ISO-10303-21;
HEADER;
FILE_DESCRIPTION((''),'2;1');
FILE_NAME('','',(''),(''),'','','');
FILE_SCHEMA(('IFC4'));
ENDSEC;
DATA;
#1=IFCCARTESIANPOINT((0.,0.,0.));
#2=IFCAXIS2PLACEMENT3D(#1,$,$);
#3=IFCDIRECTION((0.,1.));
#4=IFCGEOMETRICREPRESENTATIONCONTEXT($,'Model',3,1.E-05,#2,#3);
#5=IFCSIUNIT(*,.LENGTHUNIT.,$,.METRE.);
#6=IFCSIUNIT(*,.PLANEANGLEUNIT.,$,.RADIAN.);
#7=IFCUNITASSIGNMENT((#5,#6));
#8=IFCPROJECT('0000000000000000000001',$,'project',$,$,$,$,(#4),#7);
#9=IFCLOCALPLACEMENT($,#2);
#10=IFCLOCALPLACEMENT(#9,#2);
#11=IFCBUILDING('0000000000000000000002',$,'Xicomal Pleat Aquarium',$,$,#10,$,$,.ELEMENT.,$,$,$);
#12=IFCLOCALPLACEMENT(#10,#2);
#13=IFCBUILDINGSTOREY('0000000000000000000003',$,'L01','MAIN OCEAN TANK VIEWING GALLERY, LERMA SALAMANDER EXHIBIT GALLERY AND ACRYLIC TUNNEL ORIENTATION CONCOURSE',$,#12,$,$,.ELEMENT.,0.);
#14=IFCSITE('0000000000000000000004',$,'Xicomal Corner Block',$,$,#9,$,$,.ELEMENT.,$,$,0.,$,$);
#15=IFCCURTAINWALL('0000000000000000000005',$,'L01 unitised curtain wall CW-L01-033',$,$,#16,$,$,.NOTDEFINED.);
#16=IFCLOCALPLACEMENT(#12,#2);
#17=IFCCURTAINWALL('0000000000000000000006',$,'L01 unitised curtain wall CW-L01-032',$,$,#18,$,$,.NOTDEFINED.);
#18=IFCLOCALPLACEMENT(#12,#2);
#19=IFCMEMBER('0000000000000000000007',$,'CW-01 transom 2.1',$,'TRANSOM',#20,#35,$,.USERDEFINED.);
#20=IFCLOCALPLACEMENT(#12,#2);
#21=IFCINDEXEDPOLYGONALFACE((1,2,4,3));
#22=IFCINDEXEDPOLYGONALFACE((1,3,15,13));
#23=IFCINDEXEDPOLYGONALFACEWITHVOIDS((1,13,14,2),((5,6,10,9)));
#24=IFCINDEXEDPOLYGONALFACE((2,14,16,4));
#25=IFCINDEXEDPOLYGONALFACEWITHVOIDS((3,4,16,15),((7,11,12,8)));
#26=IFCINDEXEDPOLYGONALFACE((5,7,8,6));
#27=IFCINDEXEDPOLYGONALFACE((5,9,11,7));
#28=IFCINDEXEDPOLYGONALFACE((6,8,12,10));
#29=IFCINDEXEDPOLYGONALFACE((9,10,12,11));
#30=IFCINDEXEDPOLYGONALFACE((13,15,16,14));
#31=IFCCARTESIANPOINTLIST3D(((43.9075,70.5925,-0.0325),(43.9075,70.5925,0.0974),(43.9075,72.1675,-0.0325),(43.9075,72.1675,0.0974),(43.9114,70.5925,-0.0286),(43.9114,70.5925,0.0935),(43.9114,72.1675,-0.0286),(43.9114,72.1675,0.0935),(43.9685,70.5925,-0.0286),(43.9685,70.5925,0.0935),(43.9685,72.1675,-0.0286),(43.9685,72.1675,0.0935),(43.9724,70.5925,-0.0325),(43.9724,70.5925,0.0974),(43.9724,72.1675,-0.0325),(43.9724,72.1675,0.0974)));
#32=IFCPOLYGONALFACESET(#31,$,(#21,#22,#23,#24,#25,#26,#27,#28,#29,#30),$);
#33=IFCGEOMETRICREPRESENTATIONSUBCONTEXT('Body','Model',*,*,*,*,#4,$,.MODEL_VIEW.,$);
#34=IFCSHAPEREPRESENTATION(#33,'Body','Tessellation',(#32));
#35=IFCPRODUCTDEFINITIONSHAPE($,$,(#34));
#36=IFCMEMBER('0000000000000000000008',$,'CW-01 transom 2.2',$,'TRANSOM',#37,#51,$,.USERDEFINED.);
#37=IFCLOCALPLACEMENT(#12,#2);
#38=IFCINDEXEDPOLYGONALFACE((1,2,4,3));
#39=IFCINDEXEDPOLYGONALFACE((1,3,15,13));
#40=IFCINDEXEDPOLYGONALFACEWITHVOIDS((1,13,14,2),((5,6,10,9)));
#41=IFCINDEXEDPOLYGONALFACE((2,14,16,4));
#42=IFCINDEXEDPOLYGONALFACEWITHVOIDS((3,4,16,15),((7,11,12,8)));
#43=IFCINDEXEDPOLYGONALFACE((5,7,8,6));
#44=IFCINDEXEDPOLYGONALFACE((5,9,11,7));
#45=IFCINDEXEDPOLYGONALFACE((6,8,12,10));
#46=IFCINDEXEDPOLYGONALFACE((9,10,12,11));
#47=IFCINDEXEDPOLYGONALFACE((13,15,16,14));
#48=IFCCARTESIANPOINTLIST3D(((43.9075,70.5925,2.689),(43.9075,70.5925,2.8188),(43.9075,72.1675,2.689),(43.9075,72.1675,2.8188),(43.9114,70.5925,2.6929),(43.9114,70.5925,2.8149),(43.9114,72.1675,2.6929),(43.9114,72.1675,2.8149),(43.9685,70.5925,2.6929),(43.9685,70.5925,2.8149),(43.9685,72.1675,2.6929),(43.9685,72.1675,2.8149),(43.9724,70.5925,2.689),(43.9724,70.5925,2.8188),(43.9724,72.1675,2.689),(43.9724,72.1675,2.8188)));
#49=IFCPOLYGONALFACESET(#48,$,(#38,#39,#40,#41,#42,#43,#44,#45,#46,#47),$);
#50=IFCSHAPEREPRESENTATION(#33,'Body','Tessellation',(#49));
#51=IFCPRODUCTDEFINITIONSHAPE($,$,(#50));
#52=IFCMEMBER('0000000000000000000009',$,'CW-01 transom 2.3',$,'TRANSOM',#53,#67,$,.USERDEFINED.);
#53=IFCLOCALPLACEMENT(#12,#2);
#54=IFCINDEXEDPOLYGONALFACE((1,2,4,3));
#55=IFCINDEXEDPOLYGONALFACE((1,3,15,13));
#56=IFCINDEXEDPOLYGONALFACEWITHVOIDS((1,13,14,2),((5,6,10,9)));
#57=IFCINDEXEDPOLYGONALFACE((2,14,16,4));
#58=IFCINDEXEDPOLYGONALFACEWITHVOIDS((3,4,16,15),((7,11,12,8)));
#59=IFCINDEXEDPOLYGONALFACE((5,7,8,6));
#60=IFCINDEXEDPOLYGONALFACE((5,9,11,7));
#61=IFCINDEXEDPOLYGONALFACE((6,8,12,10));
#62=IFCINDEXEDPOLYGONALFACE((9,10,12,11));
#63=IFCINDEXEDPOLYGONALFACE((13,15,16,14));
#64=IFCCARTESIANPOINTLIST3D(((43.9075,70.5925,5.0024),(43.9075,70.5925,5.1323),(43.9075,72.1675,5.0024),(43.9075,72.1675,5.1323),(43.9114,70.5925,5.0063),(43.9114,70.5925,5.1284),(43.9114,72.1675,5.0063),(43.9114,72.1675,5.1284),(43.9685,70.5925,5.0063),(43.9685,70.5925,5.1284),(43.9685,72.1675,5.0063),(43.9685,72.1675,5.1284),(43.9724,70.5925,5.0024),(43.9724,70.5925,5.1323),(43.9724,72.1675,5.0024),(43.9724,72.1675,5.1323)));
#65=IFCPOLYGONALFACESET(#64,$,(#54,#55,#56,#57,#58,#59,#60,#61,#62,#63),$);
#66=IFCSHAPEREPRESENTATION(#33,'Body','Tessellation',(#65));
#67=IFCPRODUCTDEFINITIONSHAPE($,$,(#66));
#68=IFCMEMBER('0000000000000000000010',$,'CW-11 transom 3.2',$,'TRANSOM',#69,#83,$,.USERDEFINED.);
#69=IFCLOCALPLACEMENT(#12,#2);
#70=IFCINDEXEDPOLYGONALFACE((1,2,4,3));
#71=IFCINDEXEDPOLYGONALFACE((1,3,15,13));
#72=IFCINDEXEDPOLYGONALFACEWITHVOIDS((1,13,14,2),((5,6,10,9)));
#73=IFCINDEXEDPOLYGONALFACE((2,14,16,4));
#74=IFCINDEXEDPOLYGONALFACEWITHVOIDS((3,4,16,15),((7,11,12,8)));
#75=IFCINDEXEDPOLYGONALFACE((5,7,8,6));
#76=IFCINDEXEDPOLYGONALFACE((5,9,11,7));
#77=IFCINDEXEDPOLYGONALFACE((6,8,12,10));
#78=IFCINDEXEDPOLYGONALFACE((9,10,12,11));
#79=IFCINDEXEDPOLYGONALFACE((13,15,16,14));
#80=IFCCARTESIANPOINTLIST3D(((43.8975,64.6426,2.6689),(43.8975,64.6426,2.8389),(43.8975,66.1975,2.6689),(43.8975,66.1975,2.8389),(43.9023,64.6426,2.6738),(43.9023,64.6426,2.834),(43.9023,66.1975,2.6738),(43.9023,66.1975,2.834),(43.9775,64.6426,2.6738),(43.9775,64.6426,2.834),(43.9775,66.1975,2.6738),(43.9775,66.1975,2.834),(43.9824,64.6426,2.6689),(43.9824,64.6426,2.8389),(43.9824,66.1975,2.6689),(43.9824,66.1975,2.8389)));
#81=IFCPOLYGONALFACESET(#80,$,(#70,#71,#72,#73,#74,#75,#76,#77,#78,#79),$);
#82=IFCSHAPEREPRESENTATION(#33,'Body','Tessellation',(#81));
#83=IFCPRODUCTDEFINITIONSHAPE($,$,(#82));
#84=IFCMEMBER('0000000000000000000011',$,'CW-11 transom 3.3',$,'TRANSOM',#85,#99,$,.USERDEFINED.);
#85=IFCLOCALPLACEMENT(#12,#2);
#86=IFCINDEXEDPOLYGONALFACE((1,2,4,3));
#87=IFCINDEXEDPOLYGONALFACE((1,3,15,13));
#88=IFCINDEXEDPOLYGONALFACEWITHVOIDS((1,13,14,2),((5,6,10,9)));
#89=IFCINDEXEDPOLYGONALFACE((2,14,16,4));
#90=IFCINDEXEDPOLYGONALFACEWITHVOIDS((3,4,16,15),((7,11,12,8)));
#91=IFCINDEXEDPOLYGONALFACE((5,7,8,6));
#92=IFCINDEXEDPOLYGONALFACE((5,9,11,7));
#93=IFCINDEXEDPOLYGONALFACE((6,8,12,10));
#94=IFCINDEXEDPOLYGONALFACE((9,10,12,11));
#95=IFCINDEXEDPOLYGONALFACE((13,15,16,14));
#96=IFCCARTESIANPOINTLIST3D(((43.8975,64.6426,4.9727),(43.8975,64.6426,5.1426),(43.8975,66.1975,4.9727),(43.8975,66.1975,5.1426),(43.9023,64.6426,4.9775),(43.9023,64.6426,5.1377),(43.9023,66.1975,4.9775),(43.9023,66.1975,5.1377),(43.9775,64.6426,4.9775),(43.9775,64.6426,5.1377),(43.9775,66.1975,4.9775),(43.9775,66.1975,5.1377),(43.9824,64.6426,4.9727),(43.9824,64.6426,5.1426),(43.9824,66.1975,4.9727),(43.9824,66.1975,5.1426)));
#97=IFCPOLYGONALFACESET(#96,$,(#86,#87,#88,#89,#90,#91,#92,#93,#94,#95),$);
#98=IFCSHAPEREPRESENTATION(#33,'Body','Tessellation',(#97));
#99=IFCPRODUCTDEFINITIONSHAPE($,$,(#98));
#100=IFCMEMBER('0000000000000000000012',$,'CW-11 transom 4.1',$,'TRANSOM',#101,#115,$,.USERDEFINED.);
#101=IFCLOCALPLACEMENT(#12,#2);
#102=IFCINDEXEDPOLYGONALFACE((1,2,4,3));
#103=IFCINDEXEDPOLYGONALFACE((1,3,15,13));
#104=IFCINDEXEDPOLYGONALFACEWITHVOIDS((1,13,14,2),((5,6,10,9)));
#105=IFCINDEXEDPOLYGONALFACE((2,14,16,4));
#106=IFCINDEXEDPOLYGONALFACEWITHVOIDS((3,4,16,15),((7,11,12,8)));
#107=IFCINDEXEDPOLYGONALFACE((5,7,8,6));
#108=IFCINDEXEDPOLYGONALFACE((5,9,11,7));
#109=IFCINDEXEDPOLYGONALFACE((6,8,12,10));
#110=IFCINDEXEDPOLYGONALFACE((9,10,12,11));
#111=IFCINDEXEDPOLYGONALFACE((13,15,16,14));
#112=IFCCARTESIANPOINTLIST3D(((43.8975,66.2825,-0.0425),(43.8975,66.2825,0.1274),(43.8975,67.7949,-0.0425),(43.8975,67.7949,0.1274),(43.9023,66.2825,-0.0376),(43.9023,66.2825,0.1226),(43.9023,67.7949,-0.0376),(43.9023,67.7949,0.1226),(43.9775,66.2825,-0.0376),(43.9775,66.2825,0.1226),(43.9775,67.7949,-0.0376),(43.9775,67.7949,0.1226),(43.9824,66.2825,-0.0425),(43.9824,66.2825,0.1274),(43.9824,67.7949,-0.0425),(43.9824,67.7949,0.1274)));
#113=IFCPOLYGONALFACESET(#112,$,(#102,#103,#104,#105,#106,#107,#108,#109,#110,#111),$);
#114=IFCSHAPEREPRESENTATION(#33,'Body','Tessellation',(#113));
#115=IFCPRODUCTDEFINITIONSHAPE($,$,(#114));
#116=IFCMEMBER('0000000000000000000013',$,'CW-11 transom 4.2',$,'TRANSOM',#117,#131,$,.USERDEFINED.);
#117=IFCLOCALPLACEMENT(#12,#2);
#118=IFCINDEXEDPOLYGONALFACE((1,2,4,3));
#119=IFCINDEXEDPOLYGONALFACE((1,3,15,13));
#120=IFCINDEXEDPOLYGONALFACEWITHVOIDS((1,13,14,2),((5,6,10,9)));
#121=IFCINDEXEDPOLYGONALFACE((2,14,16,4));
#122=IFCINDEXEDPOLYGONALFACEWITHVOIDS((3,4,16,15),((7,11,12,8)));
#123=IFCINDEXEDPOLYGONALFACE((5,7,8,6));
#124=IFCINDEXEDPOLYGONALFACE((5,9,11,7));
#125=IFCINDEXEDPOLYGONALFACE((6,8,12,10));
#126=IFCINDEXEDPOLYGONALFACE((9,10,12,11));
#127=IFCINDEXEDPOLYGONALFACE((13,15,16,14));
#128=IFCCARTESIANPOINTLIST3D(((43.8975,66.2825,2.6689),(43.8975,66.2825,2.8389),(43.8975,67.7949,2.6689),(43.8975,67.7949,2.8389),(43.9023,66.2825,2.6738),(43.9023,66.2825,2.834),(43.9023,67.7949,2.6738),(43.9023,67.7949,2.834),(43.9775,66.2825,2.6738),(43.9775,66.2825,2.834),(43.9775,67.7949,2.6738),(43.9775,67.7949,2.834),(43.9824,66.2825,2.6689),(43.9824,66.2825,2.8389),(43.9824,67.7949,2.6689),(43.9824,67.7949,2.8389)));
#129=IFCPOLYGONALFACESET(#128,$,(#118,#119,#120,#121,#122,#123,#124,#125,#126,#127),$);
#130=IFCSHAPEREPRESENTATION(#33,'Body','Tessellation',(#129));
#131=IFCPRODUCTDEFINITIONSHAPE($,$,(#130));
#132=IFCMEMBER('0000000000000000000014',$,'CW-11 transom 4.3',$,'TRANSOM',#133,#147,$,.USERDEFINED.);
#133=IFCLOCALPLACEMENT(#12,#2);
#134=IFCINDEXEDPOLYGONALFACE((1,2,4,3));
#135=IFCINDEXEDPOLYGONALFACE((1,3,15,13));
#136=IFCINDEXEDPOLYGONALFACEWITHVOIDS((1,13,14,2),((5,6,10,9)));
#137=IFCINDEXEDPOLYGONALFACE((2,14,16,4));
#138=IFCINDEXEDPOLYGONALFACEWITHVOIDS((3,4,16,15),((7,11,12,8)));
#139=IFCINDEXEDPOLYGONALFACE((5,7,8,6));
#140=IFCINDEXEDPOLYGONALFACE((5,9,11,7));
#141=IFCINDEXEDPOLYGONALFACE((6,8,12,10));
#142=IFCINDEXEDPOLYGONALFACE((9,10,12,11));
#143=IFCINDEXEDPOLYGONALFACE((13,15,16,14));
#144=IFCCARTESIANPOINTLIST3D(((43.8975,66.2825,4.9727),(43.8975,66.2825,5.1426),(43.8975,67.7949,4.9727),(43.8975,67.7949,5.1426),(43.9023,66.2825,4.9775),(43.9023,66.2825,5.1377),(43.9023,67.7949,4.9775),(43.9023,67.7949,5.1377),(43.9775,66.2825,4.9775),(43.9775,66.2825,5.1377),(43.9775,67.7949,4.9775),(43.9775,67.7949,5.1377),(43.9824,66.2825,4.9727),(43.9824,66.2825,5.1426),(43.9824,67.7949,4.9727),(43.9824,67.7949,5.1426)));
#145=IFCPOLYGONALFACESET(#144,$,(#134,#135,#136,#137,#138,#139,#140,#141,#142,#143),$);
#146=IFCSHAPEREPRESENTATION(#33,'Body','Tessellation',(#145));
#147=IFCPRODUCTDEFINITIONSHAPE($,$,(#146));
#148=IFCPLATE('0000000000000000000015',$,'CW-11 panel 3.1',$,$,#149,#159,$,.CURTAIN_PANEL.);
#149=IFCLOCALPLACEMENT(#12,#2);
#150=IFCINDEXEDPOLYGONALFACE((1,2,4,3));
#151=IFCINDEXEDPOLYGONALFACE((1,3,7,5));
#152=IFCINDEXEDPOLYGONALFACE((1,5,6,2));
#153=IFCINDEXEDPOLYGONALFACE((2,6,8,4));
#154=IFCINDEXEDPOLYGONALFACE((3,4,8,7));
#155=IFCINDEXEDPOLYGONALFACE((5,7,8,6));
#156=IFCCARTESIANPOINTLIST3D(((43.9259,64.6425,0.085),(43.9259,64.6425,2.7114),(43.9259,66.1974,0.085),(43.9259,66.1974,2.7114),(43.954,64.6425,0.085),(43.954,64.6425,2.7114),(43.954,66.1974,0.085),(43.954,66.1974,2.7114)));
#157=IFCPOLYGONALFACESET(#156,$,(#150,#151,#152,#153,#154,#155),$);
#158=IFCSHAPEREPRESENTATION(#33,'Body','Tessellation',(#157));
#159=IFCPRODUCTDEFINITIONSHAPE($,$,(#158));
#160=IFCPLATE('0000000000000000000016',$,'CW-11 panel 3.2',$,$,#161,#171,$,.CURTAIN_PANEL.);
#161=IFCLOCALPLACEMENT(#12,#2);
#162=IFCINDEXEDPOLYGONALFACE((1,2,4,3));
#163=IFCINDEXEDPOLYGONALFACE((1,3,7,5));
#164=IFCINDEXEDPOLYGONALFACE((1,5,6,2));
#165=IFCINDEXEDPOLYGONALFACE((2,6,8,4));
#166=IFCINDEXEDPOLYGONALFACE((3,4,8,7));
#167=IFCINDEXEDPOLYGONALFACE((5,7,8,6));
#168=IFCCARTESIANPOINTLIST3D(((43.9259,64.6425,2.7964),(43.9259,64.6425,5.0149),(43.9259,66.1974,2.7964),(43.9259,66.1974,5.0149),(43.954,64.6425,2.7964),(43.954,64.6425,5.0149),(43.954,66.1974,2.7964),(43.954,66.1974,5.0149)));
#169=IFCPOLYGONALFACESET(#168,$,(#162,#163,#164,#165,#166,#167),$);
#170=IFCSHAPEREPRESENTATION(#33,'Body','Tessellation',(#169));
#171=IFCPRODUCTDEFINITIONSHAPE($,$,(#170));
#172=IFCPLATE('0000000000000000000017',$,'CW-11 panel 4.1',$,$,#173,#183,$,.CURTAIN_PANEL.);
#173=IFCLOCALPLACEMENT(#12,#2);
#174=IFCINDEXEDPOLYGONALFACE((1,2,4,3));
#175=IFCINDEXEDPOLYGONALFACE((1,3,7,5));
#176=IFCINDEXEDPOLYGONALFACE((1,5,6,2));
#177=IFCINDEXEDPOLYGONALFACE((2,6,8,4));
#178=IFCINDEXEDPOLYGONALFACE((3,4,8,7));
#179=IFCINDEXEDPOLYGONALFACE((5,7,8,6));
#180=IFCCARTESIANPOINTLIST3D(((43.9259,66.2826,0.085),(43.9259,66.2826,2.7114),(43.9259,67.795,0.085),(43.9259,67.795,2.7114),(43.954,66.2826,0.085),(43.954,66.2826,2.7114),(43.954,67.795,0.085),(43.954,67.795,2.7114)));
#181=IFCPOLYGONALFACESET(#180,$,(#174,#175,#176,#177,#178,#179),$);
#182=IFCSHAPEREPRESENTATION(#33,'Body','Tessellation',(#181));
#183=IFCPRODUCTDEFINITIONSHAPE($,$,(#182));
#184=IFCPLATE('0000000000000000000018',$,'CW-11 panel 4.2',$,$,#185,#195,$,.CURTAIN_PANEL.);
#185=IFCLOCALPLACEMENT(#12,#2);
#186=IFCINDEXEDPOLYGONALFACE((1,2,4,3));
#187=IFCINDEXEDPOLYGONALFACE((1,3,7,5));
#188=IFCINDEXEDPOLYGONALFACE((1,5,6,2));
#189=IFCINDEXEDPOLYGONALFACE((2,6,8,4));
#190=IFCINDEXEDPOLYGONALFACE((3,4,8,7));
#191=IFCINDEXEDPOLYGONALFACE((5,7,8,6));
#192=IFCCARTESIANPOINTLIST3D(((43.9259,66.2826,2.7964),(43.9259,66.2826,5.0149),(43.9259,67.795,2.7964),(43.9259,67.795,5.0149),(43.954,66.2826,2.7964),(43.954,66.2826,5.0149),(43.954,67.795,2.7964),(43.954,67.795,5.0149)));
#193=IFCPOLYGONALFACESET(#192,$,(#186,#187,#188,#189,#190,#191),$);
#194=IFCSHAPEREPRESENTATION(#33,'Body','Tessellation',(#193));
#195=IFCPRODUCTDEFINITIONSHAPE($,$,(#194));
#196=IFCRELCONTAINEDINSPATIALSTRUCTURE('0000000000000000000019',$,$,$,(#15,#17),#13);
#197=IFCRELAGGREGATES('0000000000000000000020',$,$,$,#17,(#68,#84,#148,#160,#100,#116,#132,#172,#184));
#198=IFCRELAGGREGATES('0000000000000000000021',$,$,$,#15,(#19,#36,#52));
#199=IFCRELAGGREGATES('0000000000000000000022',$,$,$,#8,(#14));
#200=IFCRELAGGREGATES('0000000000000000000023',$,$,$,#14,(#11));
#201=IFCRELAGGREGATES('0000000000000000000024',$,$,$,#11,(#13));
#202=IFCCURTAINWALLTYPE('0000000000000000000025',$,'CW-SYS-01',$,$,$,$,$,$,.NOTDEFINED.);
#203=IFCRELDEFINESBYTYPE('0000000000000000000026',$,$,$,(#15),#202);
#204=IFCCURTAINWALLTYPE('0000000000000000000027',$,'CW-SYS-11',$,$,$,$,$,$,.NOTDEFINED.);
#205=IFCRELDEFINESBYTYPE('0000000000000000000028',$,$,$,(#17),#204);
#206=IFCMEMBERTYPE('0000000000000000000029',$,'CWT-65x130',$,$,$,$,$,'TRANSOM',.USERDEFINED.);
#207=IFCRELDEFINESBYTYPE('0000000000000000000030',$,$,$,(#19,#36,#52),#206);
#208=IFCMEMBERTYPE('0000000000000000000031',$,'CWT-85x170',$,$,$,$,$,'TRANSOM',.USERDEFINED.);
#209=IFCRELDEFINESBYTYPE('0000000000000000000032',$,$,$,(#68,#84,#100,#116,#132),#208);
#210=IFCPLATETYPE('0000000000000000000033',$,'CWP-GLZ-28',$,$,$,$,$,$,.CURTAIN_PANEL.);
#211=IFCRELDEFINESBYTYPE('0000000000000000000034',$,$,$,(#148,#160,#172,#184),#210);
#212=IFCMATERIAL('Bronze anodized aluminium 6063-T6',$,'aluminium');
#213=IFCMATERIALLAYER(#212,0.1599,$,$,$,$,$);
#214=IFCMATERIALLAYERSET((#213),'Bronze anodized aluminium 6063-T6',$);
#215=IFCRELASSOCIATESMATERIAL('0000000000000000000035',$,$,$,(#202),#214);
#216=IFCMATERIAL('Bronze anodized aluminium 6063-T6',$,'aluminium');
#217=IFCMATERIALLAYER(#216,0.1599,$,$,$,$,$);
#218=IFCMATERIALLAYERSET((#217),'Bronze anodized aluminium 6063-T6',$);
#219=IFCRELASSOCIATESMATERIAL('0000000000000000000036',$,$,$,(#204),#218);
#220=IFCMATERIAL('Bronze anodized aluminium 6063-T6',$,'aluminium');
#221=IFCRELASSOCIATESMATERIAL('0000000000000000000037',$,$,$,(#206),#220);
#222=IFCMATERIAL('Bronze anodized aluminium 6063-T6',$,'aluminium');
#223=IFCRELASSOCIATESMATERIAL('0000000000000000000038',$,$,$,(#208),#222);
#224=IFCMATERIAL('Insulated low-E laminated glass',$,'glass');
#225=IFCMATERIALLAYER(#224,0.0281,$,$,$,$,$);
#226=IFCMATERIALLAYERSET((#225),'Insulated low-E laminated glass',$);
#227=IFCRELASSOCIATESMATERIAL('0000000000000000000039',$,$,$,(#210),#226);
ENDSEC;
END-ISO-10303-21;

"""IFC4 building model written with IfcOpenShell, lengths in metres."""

from ifc_helpers import new_model, si_unit, direction, frame, origin, origin_2d, place, context, subcontext, project, spatial, rectangle, hollow_rectangle, extrude, material, layer, layer_set, material_profile, profile_set, type_object, element, aggregate, save


model = new_model("IFC4")

# Units and contexts
model_context = context("Model", 3, precision=1e-05, world=origin(), true_north=direction((0.0, 1.0)))
body_context = subcontext(model_context, "Body", "Model", "MODEL_VIEW")
ifc_project = project(units=[si_unit("LENGTHUNIT", "METRE"), si_unit("PLANEANGLEUNIT", "RADIAN")], contexts=[model_context])

# Site, building, storey
site_placement = place(None, origin())
site = spatial("IfcSite", under=ifc_project, at=site_placement, Name="Xicomal Corner Block", CompositionType="ELEMENT", RefElevation=0.0)
building_placement = place(site_placement, origin())
building = spatial("IfcBuilding", under=site, at=building_placement, Name="Xicomal Pleat Aquarium", CompositionType="ELEMENT")
storey_placement = place(building_placement, origin())
storey = spatial("IfcBuildingStorey", under=building, at=storey_placement, Name="L01", Description="MAIN OCEAN TANK VIEWING GALLERY, LERMA SALAMANDER EXHIBIT GALLERY AND ACRYLIC TUNNEL ORIENTATION CONCOURSE", CompositionType="ELEMENT", Elevation=0.0)

# Curtain walls
ifc_material_1 = material(Name="Bronze anodized aluminium 6063-T6", Category="aluminium")
ifc_layer_1 = layer(ifc_material_1, 0.1599)
ifc_layer_set_1 = layer_set([ifc_layer_1], Name="Bronze anodized aluminium 6063-T6")
curtain_wall_type_1 = type_object("IfcCurtainWallType", Name="CW-SYS-01", PredefinedType="NOTDEFINED", material=ifc_layer_set_1)
curtain_wall_1_placement = place(storey_placement, origin())
curtain_wall_1 = element("IfcCurtainWall", 1, at=curtain_wall_1_placement, inside=storey, type_object=curtain_wall_type_1, Name="L01 unitised curtain wall CW-L01-033", PredefinedType="NOTDEFINED")
ifc_material_2 = material(Name="Bronze anodized aluminium 6063-T6", Category="aluminium")
ifc_layer_2 = layer(ifc_material_2, 0.1599)
ifc_layer_set_2 = layer_set([ifc_layer_2], Name="Bronze anodized aluminium 6063-T6")
curtain_wall_type_2 = type_object("IfcCurtainWallType", Name="CW-SYS-11", PredefinedType="NOTDEFINED", material=ifc_layer_set_2)
curtain_wall_2_placement = place(storey_placement, origin())
curtain_wall_2 = element("IfcCurtainWall", 2, at=curtain_wall_2_placement, inside=storey, type_object=curtain_wall_type_2, Name="L01 unitised curtain wall CW-L01-032", PredefinedType="NOTDEFINED")

# Members
ifc_material_3 = material(Name="Bronze anodized aluminium 6063-T6", Category="aluminium")
ifc_material_profile_1 = material_profile(ifc_material_3, hollow_rectangle(XDim=0.0649, YDim=0.1299, WallThickness=0.0039, at=origin_2d()), Name="ALU TRAN 65x130")
ifc_profile_set_1 = profile_set([ifc_material_profile_1], Name="Bronze anodized aluminium 6063-T6")
member_type_1 = type_object("IfcMemberType", Name="CWT-65x130", ElementType="TRANSOM", PredefinedType="USERDEFINED", material=ifc_profile_set_1)
member_1_placement = place(storey_placement, frame((43.9399, 70.5925, 0.0325), z_axis=(0.0, 1.0, 0.0), x_axis=(-1.0, 0.0, 0.0)))
member_1 = element("IfcMember", 3, at=member_1_placement, type_object=member_type_1, Name="CW-01 transom 2.1", ObjectType="TRANSOM", PredefinedType="USERDEFINED", context=body_context, shape_type="SweptSolid", body=[
    extrude(hollow_rectangle(XDim=0.0649, YDim=0.1299, WallThickness=0.0039, at=origin_2d()), origin(), (0.0, 0.0, 1.0), 1.575),
])
member_2_placement = place(storey_placement, frame((43.9399, 70.5925, 2.7539), z_axis=(0.0, 1.0, 0.0), x_axis=(-1.0, 0.0, 0.0)))
member_2 = element("IfcMember", 4, at=member_2_placement, type_object=member_type_1, Name="CW-01 transom 2.2", ObjectType="TRANSOM", PredefinedType="USERDEFINED", context=body_context, shape_type="SweptSolid", body=[
    extrude(hollow_rectangle(XDim=0.0649, YDim=0.1299, WallThickness=0.0039, at=origin_2d()), origin(), (0.0, 0.0, 1.0), 1.575),
])
member_3_placement = place(storey_placement, frame((43.9399, 70.5925, 5.0674), z_axis=(0.0, 1.0, 0.0), x_axis=(-1.0, 0.0, 0.0)))
member_3 = element("IfcMember", 5, at=member_3_placement, type_object=member_type_1, Name="CW-01 transom 2.3", ObjectType="TRANSOM", PredefinedType="USERDEFINED", context=body_context, shape_type="SweptSolid", body=[
    extrude(hollow_rectangle(XDim=0.0649, YDim=0.1299, WallThickness=0.0039, at=origin_2d()), origin(), (0.0, 0.0, 1.0), 1.575),
])
ifc_material_4 = material(Name="Bronze anodized aluminium 6063-T6", Category="aluminium")
ifc_material_profile_2 = material_profile(ifc_material_4, hollow_rectangle(XDim=0.085, YDim=0.1699, WallThickness=0.0049, at=origin_2d()), Name="ALU TRAN 85x170")
ifc_profile_set_2 = profile_set([ifc_material_profile_2], Name="Bronze anodized aluminium 6063-T6")
member_type_2 = type_object("IfcMemberType", Name="CWT-85x170", ElementType="TRANSOM", PredefinedType="USERDEFINED", material=ifc_profile_set_2)
member_4_placement = place(storey_placement, frame((43.9399, 64.6426, 2.7539), z_axis=(0.0, 1.0, 0.0), x_axis=(-1.0, 0.0, 0.0)))
member_4 = element("IfcMember", 6, at=member_4_placement, type_object=member_type_2, Name="CW-11 transom 3.2", ObjectType="TRANSOM", PredefinedType="USERDEFINED", context=body_context, shape_type="SweptSolid", body=[
    extrude(hollow_rectangle(XDim=0.085, YDim=0.1699, WallThickness=0.0049, at=origin_2d()), origin(), (0.0, 0.0, 1.0), 1.5549),
])
member_5_placement = place(storey_placement, frame((43.9399, 64.6426, 5.0576), z_axis=(0.0, 1.0, 0.0), x_axis=(-1.0, 0.0, 0.0)))
member_5 = element("IfcMember", 7, at=member_5_placement, type_object=member_type_2, Name="CW-11 transom 3.3", ObjectType="TRANSOM", PredefinedType="USERDEFINED", context=body_context, shape_type="SweptSolid", body=[
    extrude(hollow_rectangle(XDim=0.085, YDim=0.1699, WallThickness=0.0049, at=origin_2d()), origin(), (0.0, 0.0, 1.0), 1.5549),
])
member_6_placement = place(storey_placement, frame((43.9399, 66.2825, 0.0425), z_axis=(0.0, 1.0, 0.0), x_axis=(-1.0, 0.0, 0.0)))
member_6 = element("IfcMember", 8, at=member_6_placement, type_object=member_type_2, Name="CW-11 transom 4.1", ObjectType="TRANSOM", PredefinedType="USERDEFINED", context=body_context, shape_type="SweptSolid", body=[
    extrude(hollow_rectangle(XDim=0.085, YDim=0.1699, WallThickness=0.0049, at=origin_2d()), origin(), (0.0, 0.0, 1.0), 1.5125),
])
member_7_placement = place(storey_placement, frame((43.9399, 66.2825, 2.7539), z_axis=(0.0, 1.0, 0.0), x_axis=(-1.0, 0.0, 0.0)))
member_7 = element("IfcMember", 9, at=member_7_placement, type_object=member_type_2, Name="CW-11 transom 4.2", ObjectType="TRANSOM", PredefinedType="USERDEFINED", context=body_context, shape_type="SweptSolid", body=[
    extrude(hollow_rectangle(XDim=0.085, YDim=0.1699, WallThickness=0.0049, at=origin_2d()), origin(), (0.0, 0.0, 1.0), 1.5125),
])
member_8_placement = place(storey_placement, frame((43.9399, 66.2825, 5.0576), z_axis=(0.0, 1.0, 0.0), x_axis=(-1.0, 0.0, 0.0)))
member_8 = element("IfcMember", 10, at=member_8_placement, type_object=member_type_2, Name="CW-11 transom 4.3", ObjectType="TRANSOM", PredefinedType="USERDEFINED", context=body_context, shape_type="SweptSolid", body=[
    extrude(hollow_rectangle(XDim=0.085, YDim=0.1699, WallThickness=0.0049, at=origin_2d()), origin(), (0.0, 0.0, 1.0), 1.5125),
])

# Plates
ifc_material_5 = material(Name="Insulated low-E laminated glass", Category="glass")
ifc_layer_3 = layer(ifc_material_5, 0.0281)
ifc_layer_set_3 = layer_set([ifc_layer_3], Name="Insulated low-E laminated glass")
plate_type_1 = type_object("IfcPlateType", Name="CWP-GLZ-28", PredefinedType="CURTAIN_PANEL", material=ifc_layer_set_3)
plate_1_placement = place(storey_placement, frame((43.9399, 65.4199, 0.085), z_axis=(0.0, 0.0, 1.0), x_axis=(0.0, 1.0, 0.0)))
plate_1 = element("IfcPlate", 11, at=plate_1_placement, type_object=plate_type_1, Name="CW-11 panel 3.1", PredefinedType="CURTAIN_PANEL", context=body_context, shape_type="SweptSolid", body=[
    extrude(rectangle(XDim=1.5549, YDim=0.0281, at=origin_2d()), origin(), (0.0, 0.0, 1.0), 2.6265),
])
plate_2_placement = place(storey_placement, frame((43.9399, 65.4199, 2.7964), z_axis=(0.0, 0.0, 1.0), x_axis=(0.0, 1.0, 0.0)))
plate_2 = element("IfcPlate", 12, at=plate_2_placement, type_object=plate_type_1, Name="CW-11 panel 3.2", PredefinedType="CURTAIN_PANEL", context=body_context, shape_type="SweptSolid", body=[
    extrude(rectangle(XDim=1.5549, YDim=0.0281, at=origin_2d()), origin(), (0.0, 0.0, 1.0), 2.2185),
])
plate_3_placement = place(storey_placement, frame((43.9399, 67.0388, 0.085), z_axis=(0.0, 0.0, 1.0), x_axis=(0.0, 1.0, 0.0)))
plate_3 = element("IfcPlate", 13, at=plate_3_placement, type_object=plate_type_1, Name="CW-11 panel 4.1", PredefinedType="CURTAIN_PANEL", context=body_context, shape_type="SweptSolid", body=[
    extrude(rectangle(XDim=1.5125, YDim=0.0281, at=origin_2d()), origin(), (0.0, 0.0, 1.0), 2.6265),
])
plate_4_placement = place(storey_placement, frame((43.9399, 67.0388, 2.7964), z_axis=(0.0, 0.0, 1.0), x_axis=(0.0, 1.0, 0.0)))
plate_4 = element("IfcPlate", 14, at=plate_4_placement, type_object=plate_type_1, Name="CW-11 panel 4.2", PredefinedType="CURTAIN_PANEL", context=body_context, shape_type="SweptSolid", body=[
    extrude(rectangle(XDim=1.5125, YDim=0.0281, at=origin_2d()), origin(), (0.0, 0.0, 1.0), 2.2185),
])
aggregate(curtain_wall_2, [member_4, member_5, plate_1, plate_2, member_6, member_7, member_8, plate_3, plate_4])
aggregate(curtain_wall_1, [member_1, member_2, member_3])

save(model, "model.ifc")
